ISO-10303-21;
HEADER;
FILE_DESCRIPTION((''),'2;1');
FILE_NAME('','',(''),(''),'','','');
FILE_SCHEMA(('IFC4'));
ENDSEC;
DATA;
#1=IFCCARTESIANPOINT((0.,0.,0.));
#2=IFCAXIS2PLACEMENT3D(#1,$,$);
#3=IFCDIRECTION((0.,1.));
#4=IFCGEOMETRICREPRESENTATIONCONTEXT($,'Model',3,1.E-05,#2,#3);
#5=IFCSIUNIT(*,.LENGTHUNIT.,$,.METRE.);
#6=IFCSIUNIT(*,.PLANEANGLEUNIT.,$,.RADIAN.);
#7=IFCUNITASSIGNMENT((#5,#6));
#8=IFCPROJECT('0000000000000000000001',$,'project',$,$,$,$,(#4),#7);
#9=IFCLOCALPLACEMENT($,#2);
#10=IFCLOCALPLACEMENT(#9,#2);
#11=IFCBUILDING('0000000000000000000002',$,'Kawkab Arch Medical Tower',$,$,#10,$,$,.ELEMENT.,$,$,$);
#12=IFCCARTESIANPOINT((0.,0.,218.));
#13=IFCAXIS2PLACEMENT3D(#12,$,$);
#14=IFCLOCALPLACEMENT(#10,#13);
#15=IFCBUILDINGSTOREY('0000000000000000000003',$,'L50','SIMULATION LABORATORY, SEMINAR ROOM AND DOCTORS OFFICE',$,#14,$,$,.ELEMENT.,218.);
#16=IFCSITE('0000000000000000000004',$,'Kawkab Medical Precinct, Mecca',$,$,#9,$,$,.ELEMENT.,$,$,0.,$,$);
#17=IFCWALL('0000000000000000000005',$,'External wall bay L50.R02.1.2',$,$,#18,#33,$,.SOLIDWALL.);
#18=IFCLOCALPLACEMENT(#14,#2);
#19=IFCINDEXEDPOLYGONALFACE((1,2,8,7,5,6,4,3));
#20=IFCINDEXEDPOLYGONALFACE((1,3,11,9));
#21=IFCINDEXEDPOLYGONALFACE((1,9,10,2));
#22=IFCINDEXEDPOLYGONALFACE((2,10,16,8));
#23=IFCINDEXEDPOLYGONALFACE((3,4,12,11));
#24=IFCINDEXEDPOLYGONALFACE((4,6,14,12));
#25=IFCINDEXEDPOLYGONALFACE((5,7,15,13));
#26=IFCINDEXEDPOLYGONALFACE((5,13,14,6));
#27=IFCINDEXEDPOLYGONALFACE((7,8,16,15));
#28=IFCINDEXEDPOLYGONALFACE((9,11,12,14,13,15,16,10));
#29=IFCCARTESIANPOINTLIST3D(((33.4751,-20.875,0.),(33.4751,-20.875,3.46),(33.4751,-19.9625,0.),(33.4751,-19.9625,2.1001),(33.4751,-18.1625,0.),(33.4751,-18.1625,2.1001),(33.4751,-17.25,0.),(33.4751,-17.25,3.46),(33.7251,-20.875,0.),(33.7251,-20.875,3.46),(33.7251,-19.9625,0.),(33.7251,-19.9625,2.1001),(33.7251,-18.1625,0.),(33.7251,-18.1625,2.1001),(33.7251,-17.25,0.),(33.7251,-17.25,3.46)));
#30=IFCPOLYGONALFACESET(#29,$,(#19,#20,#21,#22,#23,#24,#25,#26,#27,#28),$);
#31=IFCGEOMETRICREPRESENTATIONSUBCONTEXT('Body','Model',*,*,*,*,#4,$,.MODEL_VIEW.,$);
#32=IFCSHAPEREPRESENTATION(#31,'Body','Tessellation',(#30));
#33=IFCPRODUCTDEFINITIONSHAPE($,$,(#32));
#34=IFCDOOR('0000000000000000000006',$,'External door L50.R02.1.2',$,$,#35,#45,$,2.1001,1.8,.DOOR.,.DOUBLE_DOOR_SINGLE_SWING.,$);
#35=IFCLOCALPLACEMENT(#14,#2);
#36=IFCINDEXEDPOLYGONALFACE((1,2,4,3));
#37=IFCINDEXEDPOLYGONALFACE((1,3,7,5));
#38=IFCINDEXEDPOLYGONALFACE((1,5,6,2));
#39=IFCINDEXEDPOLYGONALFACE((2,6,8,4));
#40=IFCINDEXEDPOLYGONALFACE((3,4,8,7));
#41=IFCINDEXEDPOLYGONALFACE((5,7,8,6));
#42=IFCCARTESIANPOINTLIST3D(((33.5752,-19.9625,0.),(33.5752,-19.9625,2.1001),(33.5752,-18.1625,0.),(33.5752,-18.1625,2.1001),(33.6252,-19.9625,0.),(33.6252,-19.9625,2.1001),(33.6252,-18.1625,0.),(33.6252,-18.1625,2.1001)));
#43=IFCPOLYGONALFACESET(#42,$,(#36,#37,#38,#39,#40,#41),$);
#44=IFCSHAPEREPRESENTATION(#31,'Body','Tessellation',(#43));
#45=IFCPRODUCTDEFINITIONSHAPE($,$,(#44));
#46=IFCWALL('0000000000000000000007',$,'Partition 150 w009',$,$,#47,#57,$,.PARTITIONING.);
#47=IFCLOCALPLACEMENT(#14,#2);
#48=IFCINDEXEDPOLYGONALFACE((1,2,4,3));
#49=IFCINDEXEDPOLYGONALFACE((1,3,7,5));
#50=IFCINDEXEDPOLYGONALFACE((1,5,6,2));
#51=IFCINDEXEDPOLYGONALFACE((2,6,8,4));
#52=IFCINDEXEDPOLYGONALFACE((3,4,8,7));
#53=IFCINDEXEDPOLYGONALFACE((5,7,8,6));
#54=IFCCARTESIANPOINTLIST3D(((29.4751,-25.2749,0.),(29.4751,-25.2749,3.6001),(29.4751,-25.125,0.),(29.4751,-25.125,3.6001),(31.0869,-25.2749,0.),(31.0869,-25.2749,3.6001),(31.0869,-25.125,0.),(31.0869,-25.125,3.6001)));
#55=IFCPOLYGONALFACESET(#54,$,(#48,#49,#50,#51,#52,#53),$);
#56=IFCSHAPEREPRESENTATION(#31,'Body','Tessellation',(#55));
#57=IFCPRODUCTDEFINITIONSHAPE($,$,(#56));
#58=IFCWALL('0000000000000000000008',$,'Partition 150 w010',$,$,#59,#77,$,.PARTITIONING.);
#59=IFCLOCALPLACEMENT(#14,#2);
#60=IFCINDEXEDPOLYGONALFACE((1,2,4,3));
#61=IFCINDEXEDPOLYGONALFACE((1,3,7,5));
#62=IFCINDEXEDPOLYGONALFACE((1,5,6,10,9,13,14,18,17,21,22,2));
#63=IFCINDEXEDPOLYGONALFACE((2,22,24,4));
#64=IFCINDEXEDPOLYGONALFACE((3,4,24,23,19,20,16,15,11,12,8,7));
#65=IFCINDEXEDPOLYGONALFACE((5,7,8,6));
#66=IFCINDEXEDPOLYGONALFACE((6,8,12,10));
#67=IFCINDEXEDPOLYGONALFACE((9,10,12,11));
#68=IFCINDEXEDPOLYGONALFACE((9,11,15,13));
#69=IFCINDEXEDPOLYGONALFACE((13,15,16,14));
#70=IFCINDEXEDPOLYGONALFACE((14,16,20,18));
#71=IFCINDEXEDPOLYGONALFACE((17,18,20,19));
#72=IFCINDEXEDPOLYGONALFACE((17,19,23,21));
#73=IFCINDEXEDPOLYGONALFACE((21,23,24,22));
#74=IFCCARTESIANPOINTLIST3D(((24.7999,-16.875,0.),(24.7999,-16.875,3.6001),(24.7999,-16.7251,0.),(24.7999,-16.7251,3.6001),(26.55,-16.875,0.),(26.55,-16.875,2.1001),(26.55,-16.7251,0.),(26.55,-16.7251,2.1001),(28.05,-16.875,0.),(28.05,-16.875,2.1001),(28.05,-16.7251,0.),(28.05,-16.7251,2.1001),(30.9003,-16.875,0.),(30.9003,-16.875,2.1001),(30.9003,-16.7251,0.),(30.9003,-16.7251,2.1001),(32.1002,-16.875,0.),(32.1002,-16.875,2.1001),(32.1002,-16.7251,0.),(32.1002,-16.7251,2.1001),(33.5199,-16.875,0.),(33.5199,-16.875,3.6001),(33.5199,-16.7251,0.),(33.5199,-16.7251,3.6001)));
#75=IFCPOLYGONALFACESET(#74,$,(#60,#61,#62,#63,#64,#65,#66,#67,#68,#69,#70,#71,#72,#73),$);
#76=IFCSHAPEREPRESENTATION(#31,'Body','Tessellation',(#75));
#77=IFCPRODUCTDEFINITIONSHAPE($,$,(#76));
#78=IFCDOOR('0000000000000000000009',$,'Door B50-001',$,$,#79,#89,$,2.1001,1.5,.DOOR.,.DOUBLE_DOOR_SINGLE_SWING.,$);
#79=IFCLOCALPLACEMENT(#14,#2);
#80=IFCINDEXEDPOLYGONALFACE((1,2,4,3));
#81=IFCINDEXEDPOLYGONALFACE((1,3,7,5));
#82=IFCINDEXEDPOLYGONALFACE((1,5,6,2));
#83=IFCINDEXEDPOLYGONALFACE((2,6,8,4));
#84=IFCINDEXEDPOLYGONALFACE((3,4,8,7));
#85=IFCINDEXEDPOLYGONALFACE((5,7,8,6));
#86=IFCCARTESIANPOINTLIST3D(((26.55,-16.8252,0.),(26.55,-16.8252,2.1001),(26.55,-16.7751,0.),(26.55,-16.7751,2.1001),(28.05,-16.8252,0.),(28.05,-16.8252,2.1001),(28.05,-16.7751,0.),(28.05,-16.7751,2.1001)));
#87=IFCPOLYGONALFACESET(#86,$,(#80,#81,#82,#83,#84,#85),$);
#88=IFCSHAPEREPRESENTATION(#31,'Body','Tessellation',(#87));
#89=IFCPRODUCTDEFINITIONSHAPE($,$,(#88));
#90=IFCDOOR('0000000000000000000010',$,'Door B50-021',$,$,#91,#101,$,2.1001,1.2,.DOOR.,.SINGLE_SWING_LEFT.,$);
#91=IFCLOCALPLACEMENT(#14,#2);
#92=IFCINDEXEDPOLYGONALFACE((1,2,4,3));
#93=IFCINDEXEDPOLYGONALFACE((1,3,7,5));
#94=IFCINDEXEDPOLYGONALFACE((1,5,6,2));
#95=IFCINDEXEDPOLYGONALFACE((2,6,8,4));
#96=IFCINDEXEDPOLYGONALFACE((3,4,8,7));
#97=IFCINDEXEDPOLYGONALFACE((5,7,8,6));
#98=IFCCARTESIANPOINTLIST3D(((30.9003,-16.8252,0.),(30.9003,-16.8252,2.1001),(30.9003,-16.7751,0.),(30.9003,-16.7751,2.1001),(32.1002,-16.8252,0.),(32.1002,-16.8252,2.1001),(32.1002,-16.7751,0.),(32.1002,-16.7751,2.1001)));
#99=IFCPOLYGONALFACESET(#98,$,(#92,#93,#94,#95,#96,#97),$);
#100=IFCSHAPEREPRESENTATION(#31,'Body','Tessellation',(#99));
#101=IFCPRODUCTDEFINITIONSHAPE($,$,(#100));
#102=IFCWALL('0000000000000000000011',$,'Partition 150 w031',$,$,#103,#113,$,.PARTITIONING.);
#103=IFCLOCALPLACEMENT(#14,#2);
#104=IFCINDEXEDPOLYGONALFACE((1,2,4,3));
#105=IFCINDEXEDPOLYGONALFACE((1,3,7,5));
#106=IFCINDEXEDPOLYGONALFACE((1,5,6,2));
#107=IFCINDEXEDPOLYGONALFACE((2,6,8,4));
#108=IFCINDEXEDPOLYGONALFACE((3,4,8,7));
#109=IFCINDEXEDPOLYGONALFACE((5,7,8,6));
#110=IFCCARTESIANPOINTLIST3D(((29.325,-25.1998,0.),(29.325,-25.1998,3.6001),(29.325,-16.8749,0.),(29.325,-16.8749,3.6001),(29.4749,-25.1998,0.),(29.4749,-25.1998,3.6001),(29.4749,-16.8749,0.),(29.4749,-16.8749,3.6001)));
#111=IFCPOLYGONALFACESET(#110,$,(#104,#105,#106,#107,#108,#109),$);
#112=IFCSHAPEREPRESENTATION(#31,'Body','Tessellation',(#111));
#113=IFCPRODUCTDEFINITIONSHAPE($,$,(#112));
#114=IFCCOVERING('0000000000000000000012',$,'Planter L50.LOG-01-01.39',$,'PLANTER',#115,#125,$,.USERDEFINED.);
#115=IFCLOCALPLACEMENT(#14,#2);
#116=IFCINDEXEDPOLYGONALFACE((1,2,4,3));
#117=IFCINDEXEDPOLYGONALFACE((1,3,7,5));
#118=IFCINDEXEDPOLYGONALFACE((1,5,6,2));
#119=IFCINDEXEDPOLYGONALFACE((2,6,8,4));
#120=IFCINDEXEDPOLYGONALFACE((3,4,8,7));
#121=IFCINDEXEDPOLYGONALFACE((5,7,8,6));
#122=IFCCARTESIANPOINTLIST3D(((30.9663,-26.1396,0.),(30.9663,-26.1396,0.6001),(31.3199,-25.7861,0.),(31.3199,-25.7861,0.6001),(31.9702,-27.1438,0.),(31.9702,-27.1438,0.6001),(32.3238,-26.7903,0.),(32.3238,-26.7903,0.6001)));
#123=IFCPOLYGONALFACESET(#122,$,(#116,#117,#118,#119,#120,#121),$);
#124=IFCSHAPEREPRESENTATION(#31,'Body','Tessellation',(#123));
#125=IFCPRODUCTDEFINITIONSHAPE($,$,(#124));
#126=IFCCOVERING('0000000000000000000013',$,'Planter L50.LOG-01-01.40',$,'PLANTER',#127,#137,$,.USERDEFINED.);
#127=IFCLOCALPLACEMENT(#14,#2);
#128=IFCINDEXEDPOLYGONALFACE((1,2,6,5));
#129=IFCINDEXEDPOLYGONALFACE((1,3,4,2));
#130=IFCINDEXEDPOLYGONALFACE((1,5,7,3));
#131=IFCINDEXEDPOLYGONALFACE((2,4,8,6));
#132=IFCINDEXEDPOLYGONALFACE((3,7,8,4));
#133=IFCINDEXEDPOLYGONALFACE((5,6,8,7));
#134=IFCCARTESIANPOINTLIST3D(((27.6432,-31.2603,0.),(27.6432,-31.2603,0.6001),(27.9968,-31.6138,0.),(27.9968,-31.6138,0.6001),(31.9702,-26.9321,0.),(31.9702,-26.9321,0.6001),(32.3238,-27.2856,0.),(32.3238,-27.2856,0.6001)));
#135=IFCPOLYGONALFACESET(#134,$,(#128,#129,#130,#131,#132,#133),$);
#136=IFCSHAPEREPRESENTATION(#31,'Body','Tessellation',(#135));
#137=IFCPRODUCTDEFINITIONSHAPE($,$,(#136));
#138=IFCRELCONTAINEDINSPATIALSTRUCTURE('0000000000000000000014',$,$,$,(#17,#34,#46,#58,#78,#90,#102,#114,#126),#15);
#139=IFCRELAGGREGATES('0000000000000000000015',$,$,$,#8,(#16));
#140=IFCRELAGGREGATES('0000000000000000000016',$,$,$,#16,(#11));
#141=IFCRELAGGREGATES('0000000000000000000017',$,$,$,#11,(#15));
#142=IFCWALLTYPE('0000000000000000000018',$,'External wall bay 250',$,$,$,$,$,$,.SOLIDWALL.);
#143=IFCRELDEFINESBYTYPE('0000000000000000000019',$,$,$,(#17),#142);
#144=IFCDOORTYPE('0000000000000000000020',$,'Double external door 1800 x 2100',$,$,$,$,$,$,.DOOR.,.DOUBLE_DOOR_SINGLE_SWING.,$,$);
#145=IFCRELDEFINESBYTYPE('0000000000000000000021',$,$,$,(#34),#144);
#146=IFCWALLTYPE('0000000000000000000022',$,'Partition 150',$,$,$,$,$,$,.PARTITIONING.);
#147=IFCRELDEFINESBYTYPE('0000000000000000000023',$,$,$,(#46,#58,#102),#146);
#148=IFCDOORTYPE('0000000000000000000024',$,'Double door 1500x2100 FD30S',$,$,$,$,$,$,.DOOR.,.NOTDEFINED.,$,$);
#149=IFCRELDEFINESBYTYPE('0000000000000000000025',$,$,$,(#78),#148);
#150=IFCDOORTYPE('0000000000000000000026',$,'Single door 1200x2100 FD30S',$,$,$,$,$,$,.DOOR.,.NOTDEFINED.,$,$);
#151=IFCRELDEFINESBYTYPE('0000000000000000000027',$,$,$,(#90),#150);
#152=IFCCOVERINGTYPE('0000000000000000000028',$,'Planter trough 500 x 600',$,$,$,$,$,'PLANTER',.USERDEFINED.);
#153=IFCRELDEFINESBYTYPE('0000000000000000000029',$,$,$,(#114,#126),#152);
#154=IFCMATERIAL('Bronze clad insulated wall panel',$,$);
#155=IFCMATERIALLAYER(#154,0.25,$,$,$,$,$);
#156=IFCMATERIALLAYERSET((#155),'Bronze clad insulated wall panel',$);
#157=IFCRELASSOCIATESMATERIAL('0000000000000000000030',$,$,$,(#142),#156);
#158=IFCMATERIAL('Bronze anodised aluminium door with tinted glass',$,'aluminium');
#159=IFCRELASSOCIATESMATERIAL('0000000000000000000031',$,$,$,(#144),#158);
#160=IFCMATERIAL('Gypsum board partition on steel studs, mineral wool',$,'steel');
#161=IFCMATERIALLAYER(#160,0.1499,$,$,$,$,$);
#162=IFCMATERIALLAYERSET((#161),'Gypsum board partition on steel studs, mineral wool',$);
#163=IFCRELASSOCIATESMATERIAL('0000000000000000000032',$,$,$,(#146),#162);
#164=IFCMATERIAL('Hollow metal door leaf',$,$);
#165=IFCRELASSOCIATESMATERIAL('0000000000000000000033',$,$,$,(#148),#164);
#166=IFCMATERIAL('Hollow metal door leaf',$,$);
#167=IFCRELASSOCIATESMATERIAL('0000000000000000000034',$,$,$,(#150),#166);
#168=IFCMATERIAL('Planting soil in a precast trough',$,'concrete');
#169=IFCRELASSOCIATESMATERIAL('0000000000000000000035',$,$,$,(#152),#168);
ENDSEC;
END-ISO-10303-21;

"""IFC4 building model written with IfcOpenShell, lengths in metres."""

from ifc_helpers import new_model, si_unit, direction, frame, frame_2d, origin, origin_2d, place, context, subcontext, project, spatial, rectangle, extrude, material, layer, layer_set, material_profile, profile_set, type_object, element, fill, save


model = new_model("IFC4")

# Units and contexts
model_context = context("Model", 3, precision=1e-05, world=origin(), true_north=direction((0.0, 1.0)))
body_context = subcontext(model_context, "Body", "Model", "MODEL_VIEW")
ifc_project = project(units=[si_unit("LENGTHUNIT", "METRE"), si_unit("PLANEANGLEUNIT", "RADIAN")], contexts=[model_context])

# Site, building, storey
site_placement = place(None, origin())
site = spatial("IfcSite", under=ifc_project, at=site_placement, Name="Kawkab Medical Precinct, Mecca", CompositionType="ELEMENT", RefElevation=0.0)
building_placement = place(site_placement, origin())
building = spatial("IfcBuilding", under=site, at=building_placement, Name="Kawkab Arch Medical Tower", CompositionType="ELEMENT")
storey_placement = place(building_placement, frame((0.0, 0.0, 218.0)))
storey = spatial("IfcBuildingStorey", under=building, at=storey_placement, Name="L50", Description="SIMULATION LABORATORY, SEMINAR ROOM AND DOCTORS OFFICE", CompositionType="ELEMENT", Elevation=218.0)

# Wall, opening, door
ifc_material_1 = material(Name="Bronze clad insulated wall panel")
ifc_layer_1 = layer(ifc_material_1, 0.25)
ifc_layer_set_1 = layer_set([ifc_layer_1], Name="Bronze clad insulated wall panel")
wall_type_1 = type_object("IfcWallType", Name="External wall bay 250", PredefinedType="SOLIDWALL", material=ifc_layer_set_1)
wall_1_placement = place(storey_placement, frame((33.6001, -20.875, 0.0), z_axis=(0.0, 0.0, 1.0), x_axis=(0.0, 1.0, 0.0)))
wall_1 = element("IfcWall", 1, at=wall_1_placement, inside=storey, type_object=wall_type_1, Name="External wall bay L50.R02.1.2", PredefinedType="SOLIDWALL", context=body_context, shape_type="SweptSolid", body=[
    extrude(rectangle(XDim=3.625, YDim=0.25, at=frame_2d((1.8125, 0.0))), origin(), (0.0, 0.0, 1.0), 3.46),
])
opening_1_placement = place(wall_1_placement, frame((0.9126, 0.0, 0.0)))
opening_1 = element("IfcOpeningElement", 2, at=opening_1_placement, cuts=wall_1, PredefinedType="OPENING", context=body_context, shape_type="SweptSolid", body=[
    extrude(rectangle(XDim=1.8, YDim=2.1001, at=frame_2d((0.8999, 1.05))), frame((0.0, 0.135, 0.0), z_axis=(0.0, -1.0, 0.0), x_axis=(1.0, 0.0, 0.0)), (0.0, 0.0, 1.0), 0.27),
])
ifc_material_2 = material(Name="Bronze anodised aluminium door with tinted glass", Category="aluminium")
door_type_1 = type_object("IfcDoorType", Name="Double external door 1800 x 2100", OperationType="DOUBLE_DOOR_SINGLE_SWING", PredefinedType="DOOR", material=ifc_material_2)
door_1_placement = place(opening_1_placement, origin())
door_1 = element("IfcDoor", 3, at=door_1_placement, inside=storey, type_object=door_type_1, Name="External door L50.R02.1.2", OperationType="DOUBLE_DOOR_SINGLE_SWING", OverallHeight=2.1001, OverallWidth=1.8, PredefinedType="DOOR", context=body_context, shape_type="SweptSolid", body=[
    extrude(rectangle(XDim=1.8, YDim=2.1001, at=frame_2d((0.8999, 1.05))), frame((0.0, 0.0249, 0.0), z_axis=(0.0, -1.0, 0.0), x_axis=(1.0, 0.0, 0.0)), (0.0, 0.0, 1.0), 0.05),
])
fill(opening_1, door_1)

# Wall
ifc_material_3 = material(Name="Gypsum board partition on steel studs, mineral wool", Category="steel")
ifc_layer_2 = layer(ifc_material_3, 0.1499)
ifc_layer_set_2 = layer_set([ifc_layer_2], Name="Gypsum board partition on steel studs, mineral wool")
wall_type_2 = type_object("IfcWallType", Name="Partition 150", PredefinedType="PARTITIONING", material=ifc_layer_set_2)
wall_2_placement = place(storey_placement, frame((29.4751, -25.2, 0.0), z_axis=(0.0, 0.0, 1.0), x_axis=(1.0, 0.0, 0.0)))
element("IfcWall", 4, at=wall_2_placement, inside=storey, type_object=wall_type_2, Name="Partition 150 w009", PredefinedType="PARTITIONING", context=body_context, shape_type="SweptSolid", body=[
    extrude(rectangle(XDim=1.6118, YDim=0.1499, at=frame_2d((0.8059, 0.0))), origin(), (0.0, 0.0, 1.0), 3.6001),
])

# Wall, openings, doors
wall_3_placement = place(storey_placement, frame((24.8, -16.8, 0.0), z_axis=(0.0, 0.0, 1.0), x_axis=(1.0, 0.0, 0.0)))
wall_3 = element("IfcWall", 5, at=wall_3_placement, inside=storey, type_object=wall_type_2, Name="Partition 150 w010", PredefinedType="PARTITIONING", context=body_context, shape_type="SweptSolid", body=[
    extrude(rectangle(XDim=8.72, YDim=0.1499, at=frame_2d((4.3599, 0.0))), origin(), (0.0, 0.0, 1.0), 3.6001),
])
opening_2_placement = place(wall_3_placement, frame((1.75, 0.0, 0.0)))
opening_2 = element("IfcOpeningElement", 6, at=opening_2_placement, cuts=wall_3, PredefinedType="OPENING", context=body_context, shape_type="SweptSolid", body=[
    extrude(rectangle(XDim=1.5, YDim=2.1001, at=frame_2d((0.75, 1.05))), frame((0.0, 0.085, 0.0), z_axis=(0.0, -1.0, 0.0), x_axis=(1.0, 0.0, 0.0)), (0.0, 0.0, 1.0), 0.1699),
])
opening_3_placement = place(wall_3_placement, frame((6.1001, 0.0, 0.0)))
opening_3 = element("IfcOpeningElement", 7, at=opening_3_placement, cuts=wall_3, PredefinedType="OPENING", context=body_context, shape_type="SweptSolid", body=[
    extrude(rectangle(XDim=1.2, YDim=2.1001, at=frame_2d((0.6001, 1.05))), frame((0.0, 0.085, 0.0), z_axis=(0.0, -1.0, 0.0), x_axis=(1.0, 0.0, 0.0)), (0.0, 0.0, 1.0), 0.1699),
])
ifc_material_4 = material(Name="Hollow metal door leaf")
door_type_2 = type_object("IfcDoorType", Name="Double door 1500x2100 FD30S", OperationType="NOTDEFINED", PredefinedType="DOOR", material=ifc_material_4)
door_2_placement = place(opening_2_placement, origin())
door_2 = element("IfcDoor", 8, at=door_2_placement, inside=storey, type_object=door_type_2, Name="Door B50-001", OperationType="DOUBLE_DOOR_SINGLE_SWING", OverallHeight=2.1001, OverallWidth=1.5, PredefinedType="DOOR", context=body_context, shape_type="SweptSolid", body=[
    extrude(rectangle(XDim=1.5, YDim=2.1001, at=frame_2d((0.75, 1.05))), frame((0.0, 0.0249, 0.0), z_axis=(0.0, -1.0, 0.0), x_axis=(1.0, 0.0, 0.0)), (0.0, 0.0, 1.0), 0.05),
])
fill(opening_2, door_2)
ifc_material_5 = material(Name="Hollow metal door leaf")
door_type_3 = type_object("IfcDoorType", Name="Single door 1200x2100 FD30S", OperationType="NOTDEFINED", PredefinedType="DOOR", material=ifc_material_5)
door_3_placement = place(opening_3_placement, origin())
door_3 = element("IfcDoor", 9, at=door_3_placement, inside=storey, type_object=door_type_3, Name="Door B50-021", OperationType="SINGLE_SWING_LEFT", OverallHeight=2.1001, OverallWidth=1.2, PredefinedType="DOOR", context=body_context, shape_type="SweptSolid", body=[
    extrude(rectangle(XDim=1.2, YDim=2.1001, at=frame_2d((0.6001, 1.05))), frame((0.0, 0.0249, 0.0), z_axis=(0.0, -1.0, 0.0), x_axis=(1.0, 0.0, 0.0)), (0.0, 0.0, 1.0), 0.05),
])
fill(opening_3, door_3)

# Wall
wall_4_placement = place(storey_placement, frame((29.3999, -25.2, 0.0), z_axis=(0.0, 0.0, 1.0), x_axis=(0.0, 1.0, 0.0)))
element("IfcWall", 10, at=wall_4_placement, inside=storey, type_object=wall_type_2, Name="Partition 150 w031", PredefinedType="PARTITIONING", context=body_context, shape_type="SweptSolid", body=[
    extrude(rectangle(XDim=8.325, YDim=0.1499, at=frame_2d((4.1626, 0.0))), origin(), (0.0, 0.0, 1.0), 3.6001),
])

# Coverings
ifc_material_6 = material(Name="Planting soil in a precast trough", Category="concrete")
ifc_material_profile_1 = material_profile(ifc_material_6, rectangle(XDim=0.5, YDim=0.6001, at=origin_2d()), Name="Trough 500x600")
ifc_profile_set_1 = profile_set([ifc_material_profile_1], Name="Planting soil in a precast trough")
covering_type = type_object("IfcCoveringType", Name="Planter trough 500 x 600", ElementType="PLANTER", PredefinedType="USERDEFINED", material=ifc_profile_set_1)
covering_1_placement = place(storey_placement, frame((31.1431, -25.9629, 0.3), z_axis=(0.707021, -0.707193, 0.0), x_axis=(0.707193, 0.707021, 0.0)))
element("IfcCovering", 11, at=covering_1_placement, inside=storey, type_object=covering_type, Name="Planter L50.LOG-01-01.39", ObjectType="PLANTER", PredefinedType="USERDEFINED", context=body_context, shape_type="SweptSolid", body=[
    extrude(rectangle(XDim=0.5, YDim=0.6001, at=origin_2d()), origin(), (0.0, 0.0, 1.0), 1.4199),
])
covering_2_placement = place(storey_placement, frame((32.147, -27.1089, 0.3), z_axis=(-0.707007, -0.707207, 0.0), x_axis=(0.707207, -0.707007, 0.0)))
element("IfcCovering", 12, at=covering_2_placement, inside=storey, type_object=covering_type, Name="Planter L50.LOG-01-01.40", ObjectType="PLANTER", PredefinedType="USERDEFINED", context=body_context, shape_type="SweptSolid", body=[
    extrude(rectangle(XDim=0.5, YDim=0.6001, at=origin_2d()), origin(), (0.0, 0.0, 1.0), 6.1201),
])

save(model, "model.ifc")
